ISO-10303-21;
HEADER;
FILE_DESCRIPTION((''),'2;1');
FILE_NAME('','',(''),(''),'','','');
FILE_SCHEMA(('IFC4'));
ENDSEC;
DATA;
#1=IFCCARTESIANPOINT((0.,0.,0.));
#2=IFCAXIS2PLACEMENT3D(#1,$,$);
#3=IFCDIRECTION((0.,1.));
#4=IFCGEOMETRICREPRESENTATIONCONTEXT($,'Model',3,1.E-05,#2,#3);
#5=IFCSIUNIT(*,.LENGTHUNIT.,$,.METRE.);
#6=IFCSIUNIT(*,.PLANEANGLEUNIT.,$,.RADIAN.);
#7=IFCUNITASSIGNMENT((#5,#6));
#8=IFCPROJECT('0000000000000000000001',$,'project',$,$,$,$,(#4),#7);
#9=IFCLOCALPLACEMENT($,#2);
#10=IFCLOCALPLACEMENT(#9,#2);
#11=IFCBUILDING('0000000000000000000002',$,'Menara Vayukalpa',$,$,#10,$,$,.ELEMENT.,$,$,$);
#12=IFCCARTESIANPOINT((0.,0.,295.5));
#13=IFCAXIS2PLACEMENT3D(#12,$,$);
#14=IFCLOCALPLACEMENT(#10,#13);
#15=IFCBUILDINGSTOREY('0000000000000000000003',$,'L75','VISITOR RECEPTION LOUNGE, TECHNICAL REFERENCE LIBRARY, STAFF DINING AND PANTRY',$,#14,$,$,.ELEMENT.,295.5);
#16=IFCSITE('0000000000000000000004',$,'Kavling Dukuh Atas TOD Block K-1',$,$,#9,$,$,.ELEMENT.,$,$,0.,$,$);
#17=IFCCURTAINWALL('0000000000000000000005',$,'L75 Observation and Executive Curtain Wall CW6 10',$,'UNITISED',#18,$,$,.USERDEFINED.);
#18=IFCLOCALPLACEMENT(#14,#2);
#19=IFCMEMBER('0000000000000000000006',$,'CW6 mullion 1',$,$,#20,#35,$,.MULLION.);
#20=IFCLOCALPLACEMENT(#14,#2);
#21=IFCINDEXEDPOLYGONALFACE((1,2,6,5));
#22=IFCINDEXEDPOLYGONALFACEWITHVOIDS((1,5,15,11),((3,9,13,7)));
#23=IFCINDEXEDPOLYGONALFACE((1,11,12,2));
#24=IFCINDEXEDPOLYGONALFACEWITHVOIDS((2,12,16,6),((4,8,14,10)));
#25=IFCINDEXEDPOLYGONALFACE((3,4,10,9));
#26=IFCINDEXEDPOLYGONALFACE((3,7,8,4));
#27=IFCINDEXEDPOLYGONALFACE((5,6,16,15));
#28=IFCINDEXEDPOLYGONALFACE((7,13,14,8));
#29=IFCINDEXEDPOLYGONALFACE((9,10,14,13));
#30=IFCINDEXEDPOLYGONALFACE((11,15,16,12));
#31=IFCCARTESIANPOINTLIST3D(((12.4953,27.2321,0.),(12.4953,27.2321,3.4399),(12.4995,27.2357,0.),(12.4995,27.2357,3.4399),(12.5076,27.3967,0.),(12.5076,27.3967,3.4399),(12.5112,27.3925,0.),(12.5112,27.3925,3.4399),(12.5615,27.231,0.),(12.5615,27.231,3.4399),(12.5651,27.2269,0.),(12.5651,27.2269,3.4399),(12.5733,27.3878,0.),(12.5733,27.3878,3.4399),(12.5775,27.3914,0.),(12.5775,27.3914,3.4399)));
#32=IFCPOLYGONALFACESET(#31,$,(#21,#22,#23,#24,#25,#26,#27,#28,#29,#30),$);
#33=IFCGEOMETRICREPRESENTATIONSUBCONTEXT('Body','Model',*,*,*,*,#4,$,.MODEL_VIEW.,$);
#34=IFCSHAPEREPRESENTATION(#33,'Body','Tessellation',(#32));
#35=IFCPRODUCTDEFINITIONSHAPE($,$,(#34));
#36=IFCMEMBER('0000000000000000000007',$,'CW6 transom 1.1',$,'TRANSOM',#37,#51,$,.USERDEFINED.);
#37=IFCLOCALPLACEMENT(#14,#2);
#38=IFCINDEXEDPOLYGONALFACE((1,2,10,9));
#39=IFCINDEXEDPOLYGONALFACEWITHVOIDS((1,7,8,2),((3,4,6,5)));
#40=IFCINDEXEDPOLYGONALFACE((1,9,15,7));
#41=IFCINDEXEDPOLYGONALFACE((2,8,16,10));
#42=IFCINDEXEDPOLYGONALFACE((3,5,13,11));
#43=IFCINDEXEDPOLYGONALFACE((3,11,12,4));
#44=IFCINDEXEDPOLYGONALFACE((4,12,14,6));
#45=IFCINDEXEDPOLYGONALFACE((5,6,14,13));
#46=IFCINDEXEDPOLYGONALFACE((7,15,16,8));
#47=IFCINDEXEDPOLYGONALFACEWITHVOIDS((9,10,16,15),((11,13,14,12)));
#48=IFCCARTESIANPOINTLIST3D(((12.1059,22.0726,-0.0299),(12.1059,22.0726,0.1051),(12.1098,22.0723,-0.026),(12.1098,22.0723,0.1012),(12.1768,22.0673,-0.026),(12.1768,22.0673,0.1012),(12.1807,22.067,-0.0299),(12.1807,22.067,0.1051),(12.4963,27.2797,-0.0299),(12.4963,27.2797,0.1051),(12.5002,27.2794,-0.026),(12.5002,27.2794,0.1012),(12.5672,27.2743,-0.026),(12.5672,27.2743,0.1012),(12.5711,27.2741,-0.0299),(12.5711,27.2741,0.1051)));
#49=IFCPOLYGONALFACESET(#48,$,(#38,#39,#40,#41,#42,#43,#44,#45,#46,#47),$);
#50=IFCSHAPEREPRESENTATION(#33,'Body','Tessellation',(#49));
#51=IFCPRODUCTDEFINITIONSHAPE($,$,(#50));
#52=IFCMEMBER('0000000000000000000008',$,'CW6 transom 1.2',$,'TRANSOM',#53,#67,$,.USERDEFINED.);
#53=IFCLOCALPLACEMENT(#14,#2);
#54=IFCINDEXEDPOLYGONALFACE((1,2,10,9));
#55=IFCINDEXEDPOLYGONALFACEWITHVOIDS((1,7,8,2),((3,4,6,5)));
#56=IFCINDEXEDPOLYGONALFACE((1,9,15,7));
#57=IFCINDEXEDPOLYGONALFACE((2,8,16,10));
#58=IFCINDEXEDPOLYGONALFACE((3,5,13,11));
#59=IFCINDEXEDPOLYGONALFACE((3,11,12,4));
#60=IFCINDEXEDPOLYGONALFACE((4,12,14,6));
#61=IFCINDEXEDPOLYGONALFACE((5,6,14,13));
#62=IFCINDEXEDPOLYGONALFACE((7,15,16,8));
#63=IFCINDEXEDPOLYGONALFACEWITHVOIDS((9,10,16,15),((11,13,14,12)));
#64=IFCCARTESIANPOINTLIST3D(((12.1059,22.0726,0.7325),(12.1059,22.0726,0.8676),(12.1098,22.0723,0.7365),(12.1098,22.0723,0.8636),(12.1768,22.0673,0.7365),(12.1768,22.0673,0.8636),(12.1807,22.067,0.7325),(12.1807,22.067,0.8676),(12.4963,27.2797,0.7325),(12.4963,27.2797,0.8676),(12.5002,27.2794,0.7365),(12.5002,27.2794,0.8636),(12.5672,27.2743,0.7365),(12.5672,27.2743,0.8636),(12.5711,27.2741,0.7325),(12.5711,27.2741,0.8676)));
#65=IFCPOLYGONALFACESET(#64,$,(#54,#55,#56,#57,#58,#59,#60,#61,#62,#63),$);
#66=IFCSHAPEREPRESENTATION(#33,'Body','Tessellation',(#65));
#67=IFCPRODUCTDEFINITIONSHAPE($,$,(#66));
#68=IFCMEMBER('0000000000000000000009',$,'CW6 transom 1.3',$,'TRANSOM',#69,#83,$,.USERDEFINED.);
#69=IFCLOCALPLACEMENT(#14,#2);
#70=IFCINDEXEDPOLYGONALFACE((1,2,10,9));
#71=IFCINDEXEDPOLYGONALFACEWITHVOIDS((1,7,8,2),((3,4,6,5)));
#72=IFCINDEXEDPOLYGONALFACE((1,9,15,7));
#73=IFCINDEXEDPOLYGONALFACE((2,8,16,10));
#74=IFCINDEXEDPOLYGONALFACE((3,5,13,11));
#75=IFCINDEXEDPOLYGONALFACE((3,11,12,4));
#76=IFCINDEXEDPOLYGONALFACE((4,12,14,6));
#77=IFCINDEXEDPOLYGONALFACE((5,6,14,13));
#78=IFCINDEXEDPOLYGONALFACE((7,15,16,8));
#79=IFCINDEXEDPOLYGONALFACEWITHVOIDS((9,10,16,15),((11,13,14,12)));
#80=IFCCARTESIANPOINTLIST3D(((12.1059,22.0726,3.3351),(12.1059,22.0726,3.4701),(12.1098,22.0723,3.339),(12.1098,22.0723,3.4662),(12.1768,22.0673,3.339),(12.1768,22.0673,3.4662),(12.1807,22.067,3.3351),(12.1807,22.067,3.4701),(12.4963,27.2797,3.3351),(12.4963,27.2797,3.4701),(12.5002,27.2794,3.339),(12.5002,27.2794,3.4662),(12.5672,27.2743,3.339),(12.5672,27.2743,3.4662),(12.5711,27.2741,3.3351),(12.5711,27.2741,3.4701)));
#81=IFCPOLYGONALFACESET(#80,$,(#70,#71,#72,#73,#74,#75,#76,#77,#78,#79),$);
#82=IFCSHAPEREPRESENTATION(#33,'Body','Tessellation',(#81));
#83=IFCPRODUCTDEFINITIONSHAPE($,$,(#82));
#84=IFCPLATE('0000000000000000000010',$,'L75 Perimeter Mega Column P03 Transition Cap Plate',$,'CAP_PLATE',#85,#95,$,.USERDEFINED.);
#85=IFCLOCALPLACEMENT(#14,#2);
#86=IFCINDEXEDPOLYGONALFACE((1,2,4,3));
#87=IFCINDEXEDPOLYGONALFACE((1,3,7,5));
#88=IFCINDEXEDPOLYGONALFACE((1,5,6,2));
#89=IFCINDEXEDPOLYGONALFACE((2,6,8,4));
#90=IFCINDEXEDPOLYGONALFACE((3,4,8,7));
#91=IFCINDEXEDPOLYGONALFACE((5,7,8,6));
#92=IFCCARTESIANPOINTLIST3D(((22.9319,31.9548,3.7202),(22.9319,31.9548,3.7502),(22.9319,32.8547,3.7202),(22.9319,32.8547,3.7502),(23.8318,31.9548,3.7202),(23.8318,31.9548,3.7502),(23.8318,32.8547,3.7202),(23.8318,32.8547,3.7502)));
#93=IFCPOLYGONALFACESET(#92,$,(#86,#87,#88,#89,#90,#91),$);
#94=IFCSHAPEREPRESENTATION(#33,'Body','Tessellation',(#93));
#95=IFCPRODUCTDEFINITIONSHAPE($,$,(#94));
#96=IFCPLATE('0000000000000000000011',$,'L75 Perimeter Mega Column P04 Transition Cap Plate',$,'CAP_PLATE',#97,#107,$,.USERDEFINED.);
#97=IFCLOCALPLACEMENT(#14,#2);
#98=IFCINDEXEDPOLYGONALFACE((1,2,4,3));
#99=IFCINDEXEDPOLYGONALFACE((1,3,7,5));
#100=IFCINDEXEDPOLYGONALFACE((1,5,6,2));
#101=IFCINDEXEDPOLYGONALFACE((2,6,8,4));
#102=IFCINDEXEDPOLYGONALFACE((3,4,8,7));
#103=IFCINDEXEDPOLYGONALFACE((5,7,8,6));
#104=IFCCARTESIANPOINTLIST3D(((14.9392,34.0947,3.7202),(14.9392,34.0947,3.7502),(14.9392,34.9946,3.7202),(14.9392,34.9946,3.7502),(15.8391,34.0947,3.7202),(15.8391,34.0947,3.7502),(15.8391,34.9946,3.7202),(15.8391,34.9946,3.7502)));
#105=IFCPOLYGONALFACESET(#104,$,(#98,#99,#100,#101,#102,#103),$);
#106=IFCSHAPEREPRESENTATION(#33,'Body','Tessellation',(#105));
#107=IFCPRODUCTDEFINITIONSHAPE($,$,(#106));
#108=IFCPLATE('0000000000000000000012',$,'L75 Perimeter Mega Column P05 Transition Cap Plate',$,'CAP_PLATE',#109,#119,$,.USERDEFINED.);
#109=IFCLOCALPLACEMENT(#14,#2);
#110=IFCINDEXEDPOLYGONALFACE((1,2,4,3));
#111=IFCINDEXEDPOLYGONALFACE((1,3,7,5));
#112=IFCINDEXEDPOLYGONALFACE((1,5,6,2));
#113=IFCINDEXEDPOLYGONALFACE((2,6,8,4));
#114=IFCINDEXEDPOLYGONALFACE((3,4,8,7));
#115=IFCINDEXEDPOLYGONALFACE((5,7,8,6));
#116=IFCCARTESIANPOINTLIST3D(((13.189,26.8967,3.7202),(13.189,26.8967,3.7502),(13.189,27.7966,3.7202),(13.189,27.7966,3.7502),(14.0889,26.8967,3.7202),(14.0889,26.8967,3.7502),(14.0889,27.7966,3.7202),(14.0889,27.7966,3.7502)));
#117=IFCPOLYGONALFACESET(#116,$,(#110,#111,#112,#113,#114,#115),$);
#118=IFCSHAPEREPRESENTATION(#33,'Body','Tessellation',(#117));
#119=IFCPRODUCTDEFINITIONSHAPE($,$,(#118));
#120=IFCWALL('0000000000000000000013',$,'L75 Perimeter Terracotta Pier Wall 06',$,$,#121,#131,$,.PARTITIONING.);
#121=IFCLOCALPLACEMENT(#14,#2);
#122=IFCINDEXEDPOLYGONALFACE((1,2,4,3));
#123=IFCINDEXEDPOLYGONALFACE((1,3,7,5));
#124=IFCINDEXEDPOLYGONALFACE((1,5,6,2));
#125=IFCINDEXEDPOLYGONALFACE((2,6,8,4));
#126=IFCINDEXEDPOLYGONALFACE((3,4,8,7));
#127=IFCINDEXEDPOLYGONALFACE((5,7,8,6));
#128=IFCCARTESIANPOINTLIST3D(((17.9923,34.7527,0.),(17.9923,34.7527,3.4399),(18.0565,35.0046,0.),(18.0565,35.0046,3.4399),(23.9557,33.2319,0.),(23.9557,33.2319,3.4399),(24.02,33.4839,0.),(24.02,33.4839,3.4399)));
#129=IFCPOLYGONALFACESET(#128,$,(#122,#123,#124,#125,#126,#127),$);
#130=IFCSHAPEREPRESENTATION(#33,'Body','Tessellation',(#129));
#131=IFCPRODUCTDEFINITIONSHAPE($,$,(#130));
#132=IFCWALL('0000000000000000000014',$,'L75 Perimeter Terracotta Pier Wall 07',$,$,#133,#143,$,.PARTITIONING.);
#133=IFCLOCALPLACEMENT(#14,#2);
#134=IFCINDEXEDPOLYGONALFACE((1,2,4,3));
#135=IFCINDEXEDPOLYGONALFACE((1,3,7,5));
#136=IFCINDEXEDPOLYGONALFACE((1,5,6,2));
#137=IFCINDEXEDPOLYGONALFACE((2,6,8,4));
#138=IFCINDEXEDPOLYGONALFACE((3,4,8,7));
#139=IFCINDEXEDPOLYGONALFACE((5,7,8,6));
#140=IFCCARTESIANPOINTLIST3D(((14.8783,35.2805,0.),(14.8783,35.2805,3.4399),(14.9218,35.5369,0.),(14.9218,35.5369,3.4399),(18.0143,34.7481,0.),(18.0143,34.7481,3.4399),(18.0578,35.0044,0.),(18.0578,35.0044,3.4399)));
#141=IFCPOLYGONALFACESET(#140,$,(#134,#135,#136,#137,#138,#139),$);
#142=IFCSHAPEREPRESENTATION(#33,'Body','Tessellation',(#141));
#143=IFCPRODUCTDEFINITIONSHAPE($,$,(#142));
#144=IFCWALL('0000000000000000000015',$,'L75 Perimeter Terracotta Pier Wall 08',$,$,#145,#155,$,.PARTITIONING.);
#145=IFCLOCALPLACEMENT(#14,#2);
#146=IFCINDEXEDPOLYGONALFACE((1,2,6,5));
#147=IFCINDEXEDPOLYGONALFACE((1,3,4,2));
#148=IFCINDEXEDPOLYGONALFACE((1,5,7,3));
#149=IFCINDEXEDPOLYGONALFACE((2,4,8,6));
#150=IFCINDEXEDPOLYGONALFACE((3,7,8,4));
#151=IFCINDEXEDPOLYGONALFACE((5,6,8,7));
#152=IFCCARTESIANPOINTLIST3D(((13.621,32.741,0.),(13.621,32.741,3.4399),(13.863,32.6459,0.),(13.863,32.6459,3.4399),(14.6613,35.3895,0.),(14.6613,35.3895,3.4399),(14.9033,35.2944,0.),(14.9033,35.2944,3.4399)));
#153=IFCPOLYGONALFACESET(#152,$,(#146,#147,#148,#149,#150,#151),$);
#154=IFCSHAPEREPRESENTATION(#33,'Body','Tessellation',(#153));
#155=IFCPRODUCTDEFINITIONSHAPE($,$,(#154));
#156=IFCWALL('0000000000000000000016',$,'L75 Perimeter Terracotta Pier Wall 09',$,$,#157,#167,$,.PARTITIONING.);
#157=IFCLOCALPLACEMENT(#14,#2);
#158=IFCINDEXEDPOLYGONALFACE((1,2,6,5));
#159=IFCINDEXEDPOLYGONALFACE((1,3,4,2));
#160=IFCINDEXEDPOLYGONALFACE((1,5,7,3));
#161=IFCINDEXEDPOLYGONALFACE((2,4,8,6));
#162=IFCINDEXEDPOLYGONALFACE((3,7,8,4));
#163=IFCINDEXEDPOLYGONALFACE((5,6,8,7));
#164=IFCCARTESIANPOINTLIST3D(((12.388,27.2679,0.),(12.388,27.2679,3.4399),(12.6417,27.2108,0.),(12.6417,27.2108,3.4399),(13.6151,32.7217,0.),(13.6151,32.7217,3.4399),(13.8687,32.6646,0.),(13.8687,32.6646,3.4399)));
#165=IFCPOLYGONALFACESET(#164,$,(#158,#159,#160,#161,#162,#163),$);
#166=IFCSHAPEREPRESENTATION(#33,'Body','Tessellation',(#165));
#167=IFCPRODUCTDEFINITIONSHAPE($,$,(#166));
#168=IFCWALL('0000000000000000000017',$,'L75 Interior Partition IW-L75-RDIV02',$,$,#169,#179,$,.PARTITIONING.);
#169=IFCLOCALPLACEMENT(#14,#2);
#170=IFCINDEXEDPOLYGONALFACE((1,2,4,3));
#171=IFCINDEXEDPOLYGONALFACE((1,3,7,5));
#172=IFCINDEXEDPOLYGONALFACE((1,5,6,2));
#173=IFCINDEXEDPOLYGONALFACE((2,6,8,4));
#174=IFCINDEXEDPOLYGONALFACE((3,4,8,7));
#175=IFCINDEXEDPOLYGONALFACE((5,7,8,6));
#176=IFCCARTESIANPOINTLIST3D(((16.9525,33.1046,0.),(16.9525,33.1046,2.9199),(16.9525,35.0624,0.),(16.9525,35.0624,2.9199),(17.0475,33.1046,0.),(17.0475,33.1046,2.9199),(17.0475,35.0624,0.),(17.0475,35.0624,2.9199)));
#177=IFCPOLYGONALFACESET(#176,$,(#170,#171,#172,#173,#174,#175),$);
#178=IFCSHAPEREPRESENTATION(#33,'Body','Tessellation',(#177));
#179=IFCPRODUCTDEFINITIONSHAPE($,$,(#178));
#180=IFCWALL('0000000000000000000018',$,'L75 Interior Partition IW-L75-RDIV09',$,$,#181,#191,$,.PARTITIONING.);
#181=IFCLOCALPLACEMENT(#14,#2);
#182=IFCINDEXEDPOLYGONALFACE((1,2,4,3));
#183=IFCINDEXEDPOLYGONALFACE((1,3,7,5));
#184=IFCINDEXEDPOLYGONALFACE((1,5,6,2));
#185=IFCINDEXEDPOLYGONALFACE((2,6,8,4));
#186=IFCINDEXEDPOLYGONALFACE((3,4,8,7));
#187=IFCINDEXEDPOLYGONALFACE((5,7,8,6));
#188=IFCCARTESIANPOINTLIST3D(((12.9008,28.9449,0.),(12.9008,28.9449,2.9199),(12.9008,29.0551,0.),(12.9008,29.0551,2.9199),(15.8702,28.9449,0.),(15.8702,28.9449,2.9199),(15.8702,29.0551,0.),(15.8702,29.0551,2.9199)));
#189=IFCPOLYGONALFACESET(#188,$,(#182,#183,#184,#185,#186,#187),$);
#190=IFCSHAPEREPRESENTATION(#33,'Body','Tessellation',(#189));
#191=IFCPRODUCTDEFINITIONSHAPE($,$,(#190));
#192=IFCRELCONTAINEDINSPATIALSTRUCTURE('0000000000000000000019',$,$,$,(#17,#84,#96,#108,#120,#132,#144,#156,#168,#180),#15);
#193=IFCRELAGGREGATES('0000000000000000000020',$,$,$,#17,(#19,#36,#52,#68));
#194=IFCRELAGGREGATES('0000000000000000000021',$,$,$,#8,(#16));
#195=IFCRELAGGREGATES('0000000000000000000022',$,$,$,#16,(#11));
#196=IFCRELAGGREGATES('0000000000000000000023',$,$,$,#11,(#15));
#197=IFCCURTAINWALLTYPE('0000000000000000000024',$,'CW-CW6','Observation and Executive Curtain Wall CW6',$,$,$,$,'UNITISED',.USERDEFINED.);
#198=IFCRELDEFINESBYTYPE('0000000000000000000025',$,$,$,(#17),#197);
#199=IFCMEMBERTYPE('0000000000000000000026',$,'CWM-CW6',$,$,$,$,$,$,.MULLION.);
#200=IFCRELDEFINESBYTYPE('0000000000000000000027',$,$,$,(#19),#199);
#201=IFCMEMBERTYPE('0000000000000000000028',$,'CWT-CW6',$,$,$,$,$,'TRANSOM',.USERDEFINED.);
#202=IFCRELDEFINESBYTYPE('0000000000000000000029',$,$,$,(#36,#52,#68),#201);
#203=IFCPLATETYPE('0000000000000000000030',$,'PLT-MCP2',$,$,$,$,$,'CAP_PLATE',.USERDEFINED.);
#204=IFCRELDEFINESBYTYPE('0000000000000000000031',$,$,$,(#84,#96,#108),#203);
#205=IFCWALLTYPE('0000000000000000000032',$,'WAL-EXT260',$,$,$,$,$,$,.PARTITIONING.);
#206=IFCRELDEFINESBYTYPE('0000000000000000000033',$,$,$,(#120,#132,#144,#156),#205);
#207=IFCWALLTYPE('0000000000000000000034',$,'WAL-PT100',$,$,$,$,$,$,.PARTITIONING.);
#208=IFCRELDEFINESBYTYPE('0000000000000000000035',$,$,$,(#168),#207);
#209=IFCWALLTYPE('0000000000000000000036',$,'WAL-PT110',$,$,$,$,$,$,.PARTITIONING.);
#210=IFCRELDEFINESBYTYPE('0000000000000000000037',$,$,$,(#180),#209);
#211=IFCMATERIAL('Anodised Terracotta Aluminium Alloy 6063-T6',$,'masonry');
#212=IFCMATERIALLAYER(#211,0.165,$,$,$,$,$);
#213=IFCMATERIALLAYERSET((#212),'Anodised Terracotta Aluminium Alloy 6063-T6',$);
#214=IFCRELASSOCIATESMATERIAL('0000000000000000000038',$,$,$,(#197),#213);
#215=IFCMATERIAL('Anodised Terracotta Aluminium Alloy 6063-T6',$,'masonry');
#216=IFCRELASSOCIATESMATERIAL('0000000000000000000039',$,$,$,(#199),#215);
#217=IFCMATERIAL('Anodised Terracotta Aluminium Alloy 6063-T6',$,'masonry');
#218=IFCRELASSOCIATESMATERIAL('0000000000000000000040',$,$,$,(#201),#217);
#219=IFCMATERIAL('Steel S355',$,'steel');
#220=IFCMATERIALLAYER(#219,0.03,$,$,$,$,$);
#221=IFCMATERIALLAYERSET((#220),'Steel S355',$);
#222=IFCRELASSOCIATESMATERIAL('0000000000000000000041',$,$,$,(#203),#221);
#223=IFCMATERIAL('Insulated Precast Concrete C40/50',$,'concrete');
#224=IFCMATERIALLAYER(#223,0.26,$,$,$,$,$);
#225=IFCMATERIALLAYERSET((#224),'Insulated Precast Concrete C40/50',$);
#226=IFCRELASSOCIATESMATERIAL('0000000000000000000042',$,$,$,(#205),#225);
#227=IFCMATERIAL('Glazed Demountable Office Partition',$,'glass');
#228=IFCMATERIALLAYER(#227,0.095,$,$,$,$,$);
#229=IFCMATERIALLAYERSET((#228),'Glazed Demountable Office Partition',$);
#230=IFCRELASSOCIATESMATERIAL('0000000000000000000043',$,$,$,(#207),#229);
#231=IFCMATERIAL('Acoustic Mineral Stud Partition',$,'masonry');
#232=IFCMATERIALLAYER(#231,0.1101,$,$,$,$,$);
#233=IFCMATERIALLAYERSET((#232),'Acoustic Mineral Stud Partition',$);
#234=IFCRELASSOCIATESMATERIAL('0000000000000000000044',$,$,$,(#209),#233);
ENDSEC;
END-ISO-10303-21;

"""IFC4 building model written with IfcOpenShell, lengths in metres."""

from ifc_helpers import new_model, si_unit, direction, frame, frame_2d, origin, origin_2d, place, context, subcontext, project, spatial, rectangle, hollow_rectangle, extrude, material, layer, layer_set, material_profile, profile_set, type_object, element, aggregate, save


model = new_model("IFC4")

# Units and contexts
model_context = context("Model", 3, precision=1e-05, world=origin(), true_north=direction((0.0, 1.0)))
body_context = subcontext(model_context, "Body", "Model", "MODEL_VIEW")
ifc_project = project(units=[si_unit("LENGTHUNIT", "METRE"), si_unit("PLANEANGLEUNIT", "RADIAN")], contexts=[model_context])

# Site, building, storey
site_placement = place(None, origin())
site = spatial("IfcSite", under=ifc_project, at=site_placement, Name="Kavling Dukuh Atas TOD Block K-1", CompositionType="ELEMENT", RefElevation=0.0)
building_placement = place(site_placement, origin())
building = spatial("IfcBuilding", under=site, at=building_placement, Name="Menara Vayukalpa", CompositionType="ELEMENT")
storey_placement = place(building_placement, frame((0.0, 0.0, 295.5)))
storey = spatial("IfcBuildingStorey", under=building, at=storey_placement, Name="L75", Description="VISITOR RECEPTION LOUNGE, TECHNICAL REFERENCE LIBRARY, STAFF DINING AND PANTRY", CompositionType="ELEMENT", Elevation=295.5)

# Shared definitions
ifc_material_1 = material(Name="Anodised Terracotta Aluminium Alloy 6063-T6", Category="masonry")
ifc_layer_1 = layer(ifc_material_1, 0.165)
ifc_layer_set_1 = layer_set([ifc_layer_1], Name="Anodised Terracotta Aluminium Alloy 6063-T6")
curtain_wall_type = type_object("IfcCurtainWallType", Name="CW-CW6", Description="Observation and Executive Curtain Wall CW6", ElementType="UNITISED", PredefinedType="USERDEFINED", material=ifc_layer_set_1)
ifc_material_2 = material(Name="Anodised Terracotta Aluminium Alloy 6063-T6", Category="masonry")
ifc_material_profile_1 = material_profile(ifc_material_2, hollow_rectangle(XDim=0.0701, YDim=0.165, WallThickness=0.0039, at=origin_2d()), Name="ALU 70x165x4")
ifc_profile_set_1 = profile_set([ifc_material_profile_1], Name="Anodised Terracotta Aluminium Alloy 6063-T6")
member_type_1 = type_object("IfcMemberType", Name="CWM-CW6", PredefinedType="MULLION", material=ifc_profile_set_1)

# Curtain wall, members
curtain_wall_1_placement = place(storey_placement, origin())
curtain_wall_1 = element("IfcCurtainWall", 1, at=curtain_wall_1_placement, inside=storey, type_object=curtain_wall_type, Name="L75 Observation and Executive Curtain Wall CW6 10", ObjectType="UNITISED", PredefinedType="USERDEFINED")
member_1_placement = place(storey_placement, frame((12.5364, 27.3118, 0.0), z_axis=(0.0, 0.0, 1.0), x_axis=(0.997199, -0.074789, 0.0)))
member_1 = element("IfcMember", 2, at=member_1_placement, type_object=member_type_1, Name="CW6 mullion 1", PredefinedType="MULLION", context=body_context, shape_type="SweptSolid", body=[
    extrude(hollow_rectangle(XDim=0.0701, YDim=0.165, WallThickness=0.0039, at=origin_2d()), origin(), (0.0, 0.0, 1.0), 3.4399),
])
ifc_material_3 = material(Name="Anodised Terracotta Aluminium Alloy 6063-T6", Category="masonry")
ifc_material_profile_2 = material_profile(ifc_material_3, hollow_rectangle(XDim=0.075, YDim=0.135, WallThickness=0.0039, at=origin_2d()), Name="ALU 75x135x4")
ifc_profile_set_2 = profile_set([ifc_material_profile_2], Name="Anodised Terracotta Aluminium Alloy 6063-T6")
member_type_2 = type_object("IfcMemberType", Name="CWT-CW6", ElementType="TRANSOM", PredefinedType="USERDEFINED", material=ifc_profile_set_2)
member_2_placement = place(storey_placement, frame((12.5337, 27.2769, 0.0376), z_axis=(-0.074762, -0.997201, 0.0), x_axis=(0.997201, -0.074762, 0.0)))
member_2 = element("IfcMember", 3, at=member_2_placement, type_object=member_type_2, Name="CW6 transom 1.1", ObjectType="TRANSOM", PredefinedType="USERDEFINED", context=body_context, shape_type="SweptSolid", body=[
    extrude(hollow_rectangle(XDim=0.075, YDim=0.135, WallThickness=0.0039, at=origin_2d()), origin(), (0.0, 0.0, 1.0), 5.2217),
])
member_3_placement = place(storey_placement, frame((12.5337, 27.2769, 0.8), z_axis=(-0.074762, -0.997201, 0.0), x_axis=(0.997201, -0.074762, 0.0)))
member_3 = element("IfcMember", 4, at=member_3_placement, type_object=member_type_2, Name="CW6 transom 1.2", ObjectType="TRANSOM", PredefinedType="USERDEFINED", context=body_context, shape_type="SweptSolid", body=[
    extrude(hollow_rectangle(XDim=0.075, YDim=0.135, WallThickness=0.0039, at=origin_2d()), origin(), (0.0, 0.0, 1.0), 5.2217),
])
member_4_placement = place(storey_placement, frame((12.5337, 27.2769, 3.4026), z_axis=(-0.074762, -0.997201, 0.0), x_axis=(0.997201, -0.074762, 0.0)))
member_4 = element("IfcMember", 5, at=member_4_placement, type_object=member_type_2, Name="CW6 transom 1.3", ObjectType="TRANSOM", PredefinedType="USERDEFINED", context=body_context, shape_type="SweptSolid", body=[
    extrude(hollow_rectangle(XDim=0.075, YDim=0.135, WallThickness=0.0039, at=origin_2d()), origin(), (0.0, 0.0, 1.0), 5.2217),
])
aggregate(curtain_wall_1, [member_1, member_2, member_3, member_4])

# Plates
ifc_material_4 = material(Name="Steel S355", Category="steel")
ifc_layer_2 = layer(ifc_material_4, 0.03)
ifc_layer_set_2 = layer_set([ifc_layer_2], Name="Steel S355")
plate_type = type_object("IfcPlateType", Name="PLT-MCP2", ElementType="CAP_PLATE", PredefinedType="USERDEFINED", material=ifc_layer_set_2)
for number, where, z_axis, x_axis, name in (
    (6, (23.3818, 32.4048, 3.7202), (0.0, 0.0, 1.0), (1.0, 0.0, 0.0), "L75 Perimeter Mega Column P03 Transition Cap Plate"),
    (7, (15.3892, 34.5447, 3.7202), (0.0, 0.0, 1.0), (1.0, 0.0, 0.0), "L75 Perimeter Mega Column P04 Transition Cap Plate"),
    (8, (13.6389, 27.3467, 3.7202), (0.0, 0.0, 1.0), (1.0, 0.0, 0.0), "L75 Perimeter Mega Column P05 Transition Cap Plate"),
):
    element("IfcPlate", number, at=place(storey_placement, frame(where, z_axis=z_axis, x_axis=x_axis)), inside=storey, type_object=plate_type, Name=name, ObjectType="CAP_PLATE", PredefinedType="USERDEFINED", context=body_context, shape_type="SweptSolid", body=[
        extrude(rectangle(XDim=0.8999, YDim=0.8999, at=origin_2d()), origin(), (0.0, 0.0, 1.0), 0.03),
    ])

# Walls
ifc_material_5 = material(Name="Insulated Precast Concrete C40/50", Category="concrete")
ifc_layer_3 = layer(ifc_material_5, 0.26)
ifc_layer_set_3 = layer_set([ifc_layer_3], Name="Insulated Precast Concrete C40/50")
wall_type_1 = type_object("IfcWallType", Name="WAL-EXT260", PredefinedType="PARTITIONING", material=ifc_layer_set_3)
wall_1_placement = place(storey_placement, frame((18.0244, 34.8787, 0.0), z_axis=(0.0, 0.0, 1.0), x_axis=(0.968988, -0.247107, 0.0)))
element("IfcWall", 9, at=wall_1_placement, inside=storey, type_object=wall_type_1, Name="L75 Perimeter Terracotta Pier Wall 06", PredefinedType="PARTITIONING", context=body_context, shape_type="SweptSolid", body=[
    extrude(rectangle(XDim=6.1543, YDim=0.26, at=frame_2d((3.0771, 0.0))), origin(), (0.0, 0.0, 1.0), 3.4399),
])
wall_2_placement = place(storey_placement, frame((14.9001, 35.4087, 0.0), z_axis=(0.0, 0.0, 1.0), x_axis=(0.985889, -0.167398, 0.0)))
element("IfcWall", 10, at=wall_2_placement, inside=storey, type_object=wall_type_1, Name="L75 Perimeter Terracotta Pier Wall 07", PredefinedType="PARTITIONING", context=body_context, shape_type="SweptSolid", body=[
    extrude(rectangle(XDim=3.1809, YDim=0.26, at=frame_2d((1.5903, 0.0))), origin(), (0.0, 0.0, 1.0), 3.4399),
])
wall_3_placement = place(storey_placement, frame((13.7419, 32.6934, 0.0), z_axis=(0.0, 0.0, 1.0), x_axis=(0.365599, 0.930772, 0.0)))
element("IfcWall", 11, at=wall_3_placement, inside=storey, type_object=wall_type_1, Name="L75 Perimeter Terracotta Pier Wall 08", PredefinedType="PARTITIONING", context=body_context, shape_type="SweptSolid", body=[
    extrude(rectangle(XDim=2.8455, YDim=0.26, at=frame_2d((1.4229, 0.0))), origin(), (0.0, 0.0, 1.0), 3.4399),
])
wall_4_placement = place(storey_placement, frame((12.5149, 27.2395, 0.0), z_axis=(0.0, 0.0, 1.0), x_axis=(0.219501, 0.975612, 0.0)))
element("IfcWall", 12, at=wall_4_placement, inside=storey, type_object=wall_type_1, Name="L75 Perimeter Terracotta Pier Wall 09", PredefinedType="PARTITIONING", context=body_context, shape_type="SweptSolid", body=[
    extrude(rectangle(XDim=5.5901, YDim=0.26, at=frame_2d((2.7949, 0.0))), origin(), (0.0, 0.0, 1.0), 3.4399),
])
ifc_material_6 = material(Name="Glazed Demountable Office Partition", Category="glass")
ifc_layer_4 = layer(ifc_material_6, 0.095)
ifc_layer_set_4 = layer_set([ifc_layer_4], Name="Glazed Demountable Office Partition")
wall_type_2 = type_object("IfcWallType", Name="WAL-PT100", PredefinedType="PARTITIONING", material=ifc_layer_set_4)
wall_5_placement = place(storey_placement, frame((17.0, 33.1045, 0.0), z_axis=(0.0, 0.0, 1.0), x_axis=(0.0, 1.0, 0.0)))
element("IfcWall", 13, at=wall_5_placement, inside=storey, type_object=wall_type_2, Name="L75 Interior Partition IW-L75-RDIV02", PredefinedType="PARTITIONING", context=body_context, shape_type="SweptSolid", body=[
    extrude(rectangle(XDim=1.9578, YDim=0.095, at=frame_2d((0.979, 0.0))), origin(), (0.0, 0.0, 1.0), 2.9199),
])
ifc_material_7 = material(Name="Acoustic Mineral Stud Partition", Category="masonry")
ifc_layer_5 = layer(ifc_material_7, 0.1101)
ifc_layer_set_5 = layer_set([ifc_layer_5], Name="Acoustic Mineral Stud Partition")
wall_type_3 = type_object("IfcWallType", Name="WAL-PT110", PredefinedType="PARTITIONING", material=ifc_layer_set_5)
wall_6_placement = place(storey_placement, frame((12.9006, 29.0, 0.0), z_axis=(0.0, 0.0, 1.0), x_axis=(1.0, 0.0, 0.0)))
element("IfcWall", 14, at=wall_6_placement, inside=storey, type_object=wall_type_3, Name="L75 Interior Partition IW-L75-RDIV09", PredefinedType="PARTITIONING", context=body_context, shape_type="SweptSolid", body=[
    extrude(rectangle(XDim=2.9695, YDim=0.1101, at=frame_2d((1.4849, 0.0))), origin(), (0.0, 0.0, 1.0), 2.9199),
])

save(model, "model.ifc")
